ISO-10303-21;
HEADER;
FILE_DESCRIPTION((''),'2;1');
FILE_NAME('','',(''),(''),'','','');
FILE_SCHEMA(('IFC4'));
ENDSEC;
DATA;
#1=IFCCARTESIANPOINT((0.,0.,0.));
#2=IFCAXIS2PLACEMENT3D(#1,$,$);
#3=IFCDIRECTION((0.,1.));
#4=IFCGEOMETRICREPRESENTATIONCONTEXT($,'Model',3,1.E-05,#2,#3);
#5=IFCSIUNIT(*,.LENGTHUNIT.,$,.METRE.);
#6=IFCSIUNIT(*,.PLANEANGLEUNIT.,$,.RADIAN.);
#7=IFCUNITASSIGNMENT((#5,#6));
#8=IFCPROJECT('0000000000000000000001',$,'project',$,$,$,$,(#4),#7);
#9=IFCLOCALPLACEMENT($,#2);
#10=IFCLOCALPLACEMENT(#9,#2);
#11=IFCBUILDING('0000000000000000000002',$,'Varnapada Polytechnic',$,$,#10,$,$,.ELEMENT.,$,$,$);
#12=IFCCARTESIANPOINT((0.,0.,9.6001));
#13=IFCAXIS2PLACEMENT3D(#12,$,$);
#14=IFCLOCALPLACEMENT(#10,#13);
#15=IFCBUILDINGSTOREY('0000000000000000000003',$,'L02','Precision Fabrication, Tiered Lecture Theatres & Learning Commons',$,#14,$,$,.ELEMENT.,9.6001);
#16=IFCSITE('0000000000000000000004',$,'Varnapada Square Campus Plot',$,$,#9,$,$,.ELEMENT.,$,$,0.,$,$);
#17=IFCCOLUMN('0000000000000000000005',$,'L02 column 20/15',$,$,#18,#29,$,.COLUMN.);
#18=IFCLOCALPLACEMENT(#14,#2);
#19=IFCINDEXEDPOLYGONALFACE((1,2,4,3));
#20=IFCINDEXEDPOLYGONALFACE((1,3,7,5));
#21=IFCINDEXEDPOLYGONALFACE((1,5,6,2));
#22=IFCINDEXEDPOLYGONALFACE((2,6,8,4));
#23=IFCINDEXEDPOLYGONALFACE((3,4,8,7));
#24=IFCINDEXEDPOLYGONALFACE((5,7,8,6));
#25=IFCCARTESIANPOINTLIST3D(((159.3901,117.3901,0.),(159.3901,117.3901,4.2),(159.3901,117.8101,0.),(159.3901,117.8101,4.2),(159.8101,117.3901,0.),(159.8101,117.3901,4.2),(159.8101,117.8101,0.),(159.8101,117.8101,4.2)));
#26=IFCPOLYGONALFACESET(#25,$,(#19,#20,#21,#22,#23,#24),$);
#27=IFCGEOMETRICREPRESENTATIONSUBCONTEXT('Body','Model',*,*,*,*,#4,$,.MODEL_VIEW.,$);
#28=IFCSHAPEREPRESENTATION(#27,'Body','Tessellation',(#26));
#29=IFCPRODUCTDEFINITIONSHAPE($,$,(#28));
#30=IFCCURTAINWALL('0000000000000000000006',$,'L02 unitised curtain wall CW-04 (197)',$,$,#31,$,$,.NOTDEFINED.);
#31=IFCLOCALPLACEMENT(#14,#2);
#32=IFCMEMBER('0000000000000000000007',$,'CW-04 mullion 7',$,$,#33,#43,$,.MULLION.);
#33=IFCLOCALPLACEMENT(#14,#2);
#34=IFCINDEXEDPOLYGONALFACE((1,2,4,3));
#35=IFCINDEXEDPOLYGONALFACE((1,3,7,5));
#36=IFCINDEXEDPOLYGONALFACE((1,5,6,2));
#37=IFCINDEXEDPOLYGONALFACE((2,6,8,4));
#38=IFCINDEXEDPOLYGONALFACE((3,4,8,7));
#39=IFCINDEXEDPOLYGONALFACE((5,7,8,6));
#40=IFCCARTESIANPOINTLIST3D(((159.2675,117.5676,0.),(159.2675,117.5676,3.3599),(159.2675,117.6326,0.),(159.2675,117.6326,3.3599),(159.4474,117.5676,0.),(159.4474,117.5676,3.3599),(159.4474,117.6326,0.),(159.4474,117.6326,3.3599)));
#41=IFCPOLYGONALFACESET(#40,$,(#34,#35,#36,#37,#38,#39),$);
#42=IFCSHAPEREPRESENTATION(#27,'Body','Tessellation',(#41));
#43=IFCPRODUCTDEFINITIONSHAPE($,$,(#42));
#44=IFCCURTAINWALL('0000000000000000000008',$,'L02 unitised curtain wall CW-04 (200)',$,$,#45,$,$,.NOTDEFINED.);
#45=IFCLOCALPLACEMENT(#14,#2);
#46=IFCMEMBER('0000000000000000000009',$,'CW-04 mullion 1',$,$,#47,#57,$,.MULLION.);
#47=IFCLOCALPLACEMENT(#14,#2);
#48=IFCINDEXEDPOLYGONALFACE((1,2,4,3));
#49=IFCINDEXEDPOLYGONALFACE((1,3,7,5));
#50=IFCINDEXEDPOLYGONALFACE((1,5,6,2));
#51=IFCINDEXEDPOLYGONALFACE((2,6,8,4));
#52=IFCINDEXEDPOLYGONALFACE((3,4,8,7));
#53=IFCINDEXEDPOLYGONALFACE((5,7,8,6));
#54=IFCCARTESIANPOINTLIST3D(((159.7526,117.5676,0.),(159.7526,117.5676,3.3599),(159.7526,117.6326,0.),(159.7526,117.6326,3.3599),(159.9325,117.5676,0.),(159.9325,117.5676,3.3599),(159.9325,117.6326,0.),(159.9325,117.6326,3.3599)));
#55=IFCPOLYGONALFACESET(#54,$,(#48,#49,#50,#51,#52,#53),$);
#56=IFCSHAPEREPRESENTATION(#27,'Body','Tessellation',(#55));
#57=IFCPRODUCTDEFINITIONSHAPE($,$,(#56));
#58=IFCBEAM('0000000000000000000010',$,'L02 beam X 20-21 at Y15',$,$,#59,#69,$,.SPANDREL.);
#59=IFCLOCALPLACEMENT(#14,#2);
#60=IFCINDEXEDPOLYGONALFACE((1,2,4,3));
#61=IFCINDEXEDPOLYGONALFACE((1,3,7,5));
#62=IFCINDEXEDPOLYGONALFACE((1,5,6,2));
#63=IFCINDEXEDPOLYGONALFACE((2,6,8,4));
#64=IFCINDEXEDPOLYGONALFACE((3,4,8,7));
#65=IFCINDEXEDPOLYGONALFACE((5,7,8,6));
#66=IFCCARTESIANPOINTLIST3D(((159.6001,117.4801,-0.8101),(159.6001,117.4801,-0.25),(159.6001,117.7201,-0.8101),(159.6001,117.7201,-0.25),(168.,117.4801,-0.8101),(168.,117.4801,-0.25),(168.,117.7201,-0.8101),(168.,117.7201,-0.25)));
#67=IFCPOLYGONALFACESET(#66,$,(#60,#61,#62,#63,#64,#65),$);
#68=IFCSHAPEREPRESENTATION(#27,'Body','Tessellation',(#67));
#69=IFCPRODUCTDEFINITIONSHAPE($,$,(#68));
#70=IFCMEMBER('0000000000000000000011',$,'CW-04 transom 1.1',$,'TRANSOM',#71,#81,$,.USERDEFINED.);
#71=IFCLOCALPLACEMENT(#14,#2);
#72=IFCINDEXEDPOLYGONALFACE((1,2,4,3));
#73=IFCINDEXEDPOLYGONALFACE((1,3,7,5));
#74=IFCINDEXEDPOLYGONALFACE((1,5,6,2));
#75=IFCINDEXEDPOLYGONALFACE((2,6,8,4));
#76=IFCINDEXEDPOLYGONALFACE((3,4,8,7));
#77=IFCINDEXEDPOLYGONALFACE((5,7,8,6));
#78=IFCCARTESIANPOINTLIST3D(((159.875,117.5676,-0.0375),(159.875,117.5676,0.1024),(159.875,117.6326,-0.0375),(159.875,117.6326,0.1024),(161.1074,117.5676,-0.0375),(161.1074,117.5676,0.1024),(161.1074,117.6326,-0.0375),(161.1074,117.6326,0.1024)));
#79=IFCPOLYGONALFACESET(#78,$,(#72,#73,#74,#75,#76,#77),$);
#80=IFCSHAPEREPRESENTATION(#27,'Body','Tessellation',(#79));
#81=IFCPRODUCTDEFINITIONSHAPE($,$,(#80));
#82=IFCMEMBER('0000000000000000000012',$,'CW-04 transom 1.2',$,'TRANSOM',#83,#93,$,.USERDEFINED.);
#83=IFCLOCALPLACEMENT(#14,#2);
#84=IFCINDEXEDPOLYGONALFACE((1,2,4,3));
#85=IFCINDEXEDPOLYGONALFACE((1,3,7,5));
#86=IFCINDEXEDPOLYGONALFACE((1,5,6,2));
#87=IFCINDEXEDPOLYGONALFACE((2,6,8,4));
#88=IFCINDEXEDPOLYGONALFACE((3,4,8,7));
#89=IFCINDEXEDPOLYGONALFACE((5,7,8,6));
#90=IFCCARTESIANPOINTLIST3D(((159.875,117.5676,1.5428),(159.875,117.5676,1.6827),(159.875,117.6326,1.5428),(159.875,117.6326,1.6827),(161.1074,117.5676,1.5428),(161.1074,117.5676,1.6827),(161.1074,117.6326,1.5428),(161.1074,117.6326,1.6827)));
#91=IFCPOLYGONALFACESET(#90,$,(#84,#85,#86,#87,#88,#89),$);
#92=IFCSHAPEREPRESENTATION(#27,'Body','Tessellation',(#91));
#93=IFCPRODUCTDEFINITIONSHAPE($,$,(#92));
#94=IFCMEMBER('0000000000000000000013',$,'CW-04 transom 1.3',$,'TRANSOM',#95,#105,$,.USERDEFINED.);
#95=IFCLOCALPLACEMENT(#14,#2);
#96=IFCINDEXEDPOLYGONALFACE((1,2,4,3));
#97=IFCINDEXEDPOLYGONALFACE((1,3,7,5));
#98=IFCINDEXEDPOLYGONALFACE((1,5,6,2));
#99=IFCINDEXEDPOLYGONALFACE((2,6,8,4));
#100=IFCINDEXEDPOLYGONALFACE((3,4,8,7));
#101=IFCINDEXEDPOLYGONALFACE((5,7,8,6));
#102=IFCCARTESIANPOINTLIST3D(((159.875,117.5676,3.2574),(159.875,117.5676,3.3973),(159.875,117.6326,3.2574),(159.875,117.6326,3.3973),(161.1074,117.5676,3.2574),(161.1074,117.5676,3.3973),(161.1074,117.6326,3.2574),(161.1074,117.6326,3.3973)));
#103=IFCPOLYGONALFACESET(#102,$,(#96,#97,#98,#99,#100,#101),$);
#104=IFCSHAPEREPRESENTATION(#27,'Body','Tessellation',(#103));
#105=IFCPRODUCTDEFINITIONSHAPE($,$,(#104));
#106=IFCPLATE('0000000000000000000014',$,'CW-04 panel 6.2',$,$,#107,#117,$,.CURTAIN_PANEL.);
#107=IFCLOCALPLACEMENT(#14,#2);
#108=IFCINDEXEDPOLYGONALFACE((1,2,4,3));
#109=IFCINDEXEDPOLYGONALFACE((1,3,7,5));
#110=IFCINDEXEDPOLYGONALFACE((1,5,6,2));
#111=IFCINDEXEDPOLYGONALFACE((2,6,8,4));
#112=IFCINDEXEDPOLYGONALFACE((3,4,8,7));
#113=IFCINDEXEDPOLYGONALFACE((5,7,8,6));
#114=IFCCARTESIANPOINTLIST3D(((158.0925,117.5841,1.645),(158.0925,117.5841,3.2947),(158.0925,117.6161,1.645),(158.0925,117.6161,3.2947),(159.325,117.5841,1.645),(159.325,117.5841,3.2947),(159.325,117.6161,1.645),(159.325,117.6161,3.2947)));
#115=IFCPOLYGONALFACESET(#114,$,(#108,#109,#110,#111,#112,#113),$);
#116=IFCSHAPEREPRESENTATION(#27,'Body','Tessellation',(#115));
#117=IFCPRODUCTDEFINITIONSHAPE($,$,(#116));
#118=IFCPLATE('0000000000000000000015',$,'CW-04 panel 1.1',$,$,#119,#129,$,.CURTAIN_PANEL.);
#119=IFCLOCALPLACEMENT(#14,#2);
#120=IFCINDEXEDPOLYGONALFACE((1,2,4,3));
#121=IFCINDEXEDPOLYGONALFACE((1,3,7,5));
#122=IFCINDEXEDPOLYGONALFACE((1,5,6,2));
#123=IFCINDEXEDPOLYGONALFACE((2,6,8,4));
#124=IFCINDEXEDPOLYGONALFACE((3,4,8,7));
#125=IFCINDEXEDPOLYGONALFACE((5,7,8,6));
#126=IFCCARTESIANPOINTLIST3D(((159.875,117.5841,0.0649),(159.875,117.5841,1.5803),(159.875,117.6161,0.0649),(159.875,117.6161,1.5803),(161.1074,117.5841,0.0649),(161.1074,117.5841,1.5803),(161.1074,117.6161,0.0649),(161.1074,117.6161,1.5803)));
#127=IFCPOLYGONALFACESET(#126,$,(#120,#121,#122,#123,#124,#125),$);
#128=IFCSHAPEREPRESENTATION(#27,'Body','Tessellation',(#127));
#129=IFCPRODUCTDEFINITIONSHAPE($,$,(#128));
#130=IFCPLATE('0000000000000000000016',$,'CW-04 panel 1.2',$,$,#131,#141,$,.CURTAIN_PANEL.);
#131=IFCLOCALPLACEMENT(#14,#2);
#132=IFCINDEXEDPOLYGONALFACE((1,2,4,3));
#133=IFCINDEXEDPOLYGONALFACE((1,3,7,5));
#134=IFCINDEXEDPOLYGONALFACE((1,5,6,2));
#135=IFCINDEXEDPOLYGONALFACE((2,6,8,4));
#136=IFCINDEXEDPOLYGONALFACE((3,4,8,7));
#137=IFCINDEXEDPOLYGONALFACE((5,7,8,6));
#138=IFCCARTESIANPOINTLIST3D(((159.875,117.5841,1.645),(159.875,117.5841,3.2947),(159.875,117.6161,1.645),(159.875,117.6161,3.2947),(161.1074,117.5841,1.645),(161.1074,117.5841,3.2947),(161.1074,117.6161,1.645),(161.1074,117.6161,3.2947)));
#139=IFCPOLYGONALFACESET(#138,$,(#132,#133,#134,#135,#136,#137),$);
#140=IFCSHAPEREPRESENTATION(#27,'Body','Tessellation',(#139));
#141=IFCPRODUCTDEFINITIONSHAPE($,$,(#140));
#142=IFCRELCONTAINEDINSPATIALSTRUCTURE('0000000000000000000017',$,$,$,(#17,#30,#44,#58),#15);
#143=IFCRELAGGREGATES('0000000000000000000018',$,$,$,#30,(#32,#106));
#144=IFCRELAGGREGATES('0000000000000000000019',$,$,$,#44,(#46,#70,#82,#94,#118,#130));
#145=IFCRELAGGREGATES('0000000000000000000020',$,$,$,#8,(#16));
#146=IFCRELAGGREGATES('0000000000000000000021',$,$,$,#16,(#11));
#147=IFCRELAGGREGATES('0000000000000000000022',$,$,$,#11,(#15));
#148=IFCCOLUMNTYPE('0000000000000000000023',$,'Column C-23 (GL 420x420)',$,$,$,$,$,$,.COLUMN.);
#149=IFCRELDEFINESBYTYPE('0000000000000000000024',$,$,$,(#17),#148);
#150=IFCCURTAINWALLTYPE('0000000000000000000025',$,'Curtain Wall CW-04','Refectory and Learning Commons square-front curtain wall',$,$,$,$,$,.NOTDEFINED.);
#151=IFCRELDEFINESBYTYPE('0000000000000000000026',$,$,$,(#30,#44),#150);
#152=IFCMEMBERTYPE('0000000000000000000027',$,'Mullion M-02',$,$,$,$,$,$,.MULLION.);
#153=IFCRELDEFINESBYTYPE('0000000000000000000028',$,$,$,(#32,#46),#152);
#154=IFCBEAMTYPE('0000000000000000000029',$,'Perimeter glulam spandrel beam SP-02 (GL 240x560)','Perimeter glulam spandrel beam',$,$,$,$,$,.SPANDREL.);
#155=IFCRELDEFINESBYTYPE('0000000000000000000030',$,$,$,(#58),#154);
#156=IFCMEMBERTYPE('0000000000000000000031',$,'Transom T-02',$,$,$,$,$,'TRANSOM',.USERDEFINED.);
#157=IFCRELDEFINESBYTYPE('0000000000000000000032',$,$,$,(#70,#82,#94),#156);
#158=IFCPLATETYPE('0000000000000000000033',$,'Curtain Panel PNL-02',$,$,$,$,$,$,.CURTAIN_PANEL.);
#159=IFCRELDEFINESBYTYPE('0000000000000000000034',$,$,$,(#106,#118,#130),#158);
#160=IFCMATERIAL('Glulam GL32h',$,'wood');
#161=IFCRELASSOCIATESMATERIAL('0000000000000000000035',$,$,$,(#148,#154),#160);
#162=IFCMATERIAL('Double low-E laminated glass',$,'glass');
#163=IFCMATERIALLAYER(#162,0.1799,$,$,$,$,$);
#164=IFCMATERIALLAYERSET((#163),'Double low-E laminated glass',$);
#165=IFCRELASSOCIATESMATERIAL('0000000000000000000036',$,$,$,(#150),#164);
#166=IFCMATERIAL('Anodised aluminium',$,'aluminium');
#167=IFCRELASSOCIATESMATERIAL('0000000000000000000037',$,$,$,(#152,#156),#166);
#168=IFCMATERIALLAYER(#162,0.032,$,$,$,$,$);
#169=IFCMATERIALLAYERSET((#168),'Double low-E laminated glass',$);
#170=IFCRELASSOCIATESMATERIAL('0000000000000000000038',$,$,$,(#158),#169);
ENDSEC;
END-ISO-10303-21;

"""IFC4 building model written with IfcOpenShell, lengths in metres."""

from ifc_helpers import new_model, si_unit, direction, frame, origin, origin_2d, place, context, subcontext, project, spatial, rectangle, extrude, material, layer, layer_set, material_profile, profile_set, type_object, element, aggregate, save


model = new_model("IFC4")

# Units and contexts
model_context = context("Model", 3, precision=1e-05, world=origin(), true_north=direction((0.0, 1.0)))
body_context = subcontext(model_context, "Body", "Model", "MODEL_VIEW")
ifc_project = project(units=[si_unit("LENGTHUNIT", "METRE"), si_unit("PLANEANGLEUNIT", "RADIAN")], contexts=[model_context])

# Site, building, storey
site_placement = place(None, origin())
site = spatial("IfcSite", under=ifc_project, at=site_placement, Name="Varnapada Square Campus Plot", CompositionType="ELEMENT", RefElevation=0.0)
building_placement = place(site_placement, origin())
building = spatial("IfcBuilding", under=site, at=building_placement, Name="Varnapada Polytechnic", CompositionType="ELEMENT")
storey_placement = place(building_placement, frame((0.0, 0.0, 9.6001)))
storey = spatial("IfcBuildingStorey", under=building, at=storey_placement, Name="L02", Description="Precision Fabrication, Tiered Lecture Theatres & Learning Commons", CompositionType="ELEMENT", Elevation=9.6001)

# Column
ifc_material_1 = material(Name="Glulam GL32h", Category="wood")
ifc_material_profile_1 = material_profile(ifc_material_1, rectangle(XDim=0.4199, YDim=0.4199, at=origin_2d()), Name="GL 420x420")
ifc_profile_set_1 = profile_set([ifc_material_profile_1], Name="Glulam GL32h")
column_type = type_object("IfcColumnType", Name="Column C-23 (GL 420x420)", PredefinedType="COLUMN", material=ifc_profile_set_1)
column_placement = place(storey_placement, frame((159.6001, 117.6001, 0.0), z_axis=(0.0, 0.0, 1.0), x_axis=(1.0, 0.0, 0.0)))
element("IfcColumn", 1, at=column_placement, inside=storey, type_object=column_type, Name="L02 column 20/15", PredefinedType="COLUMN", context=body_context, shape_type="SweptSolid", body=[
    extrude(rectangle(XDim=0.4199, YDim=0.4199, at=origin_2d()), origin(), (0.0, 0.0, 1.0), 4.2),
])

# Curtain walls, members
ifc_material_2 = material(Name="Double low-E laminated glass", Category="glass")
ifc_layer_1 = layer(ifc_material_2, 0.1799)
ifc_layer_set_1 = layer_set([ifc_layer_1], Name="Double low-E laminated glass")
curtain_wall_type = type_object("IfcCurtainWallType", Name="Curtain Wall CW-04", Description="Refectory and Learning Commons square-front curtain wall", PredefinedType="NOTDEFINED", material=ifc_layer_set_1)
curtain_wall_1_placement = place(storey_placement, origin())
curtain_wall_1 = element("IfcCurtainWall", 2, at=curtain_wall_1_placement, inside=storey, type_object=curtain_wall_type, Name="L02 unitised curtain wall CW-04 (197)", PredefinedType="NOTDEFINED")
ifc_material_3 = material(Name="Anodised aluminium", Category="aluminium")
ifc_material_profile_2 = material_profile(ifc_material_3, rectangle(XDim=0.0649, YDim=0.1799, at=origin_2d()), Name="ALU M65x180")
ifc_profile_set_2 = profile_set([ifc_material_profile_2], Name="Anodised aluminium")
member_type_1 = type_object("IfcMemberType", Name="Mullion M-02", PredefinedType="MULLION", material=ifc_profile_set_2)
member_1_placement = place(storey_placement, frame((159.3574, 117.6001, 0.0), z_axis=(0.0, 0.0, 1.0), x_axis=(0.0, 1.0, 0.0)))
member_1 = element("IfcMember", 3, at=member_1_placement, type_object=member_type_1, Name="CW-04 mullion 7", PredefinedType="MULLION", context=body_context, shape_type="SweptSolid", body=[
    extrude(rectangle(XDim=0.0649, YDim=0.1799, at=origin_2d()), origin(), (0.0, 0.0, 1.0), 3.3599),
])
curtain_wall_2_placement = place(storey_placement, origin())
curtain_wall_2 = element("IfcCurtainWall", 4, at=curtain_wall_2_placement, inside=storey, type_object=curtain_wall_type, Name="L02 unitised curtain wall CW-04 (200)", PredefinedType="NOTDEFINED")
member_2_placement = place(storey_placement, frame((159.8425, 117.6001, 0.0), z_axis=(0.0, 0.0, 1.0), x_axis=(0.0, 1.0, 0.0)))
member_2 = element("IfcMember", 5, at=member_2_placement, type_object=member_type_1, Name="CW-04 mullion 1", PredefinedType="MULLION", context=body_context, shape_type="SweptSolid", body=[
    extrude(rectangle(XDim=0.0649, YDim=0.1799, at=origin_2d()), origin(), (0.0, 0.0, 1.0), 3.3599),
])

# Beam
ifc_material_profile_3 = material_profile(ifc_material_1, rectangle(XDim=0.24, YDim=0.5601, at=origin_2d()), Name="GL 240x560")
ifc_profile_set_3 = profile_set([ifc_material_profile_3], Name="Glulam GL32h")
beam_type = type_object("IfcBeamType", Name="Perimeter glulam spandrel beam SP-02 (GL 240x560)", Description="Perimeter glulam spandrel beam", PredefinedType="SPANDREL", material=ifc_profile_set_3)
beam_placement = place(storey_placement, frame((159.6001, 117.6001, -0.53), z_axis=(1.0, 0.0, 0.0), x_axis=(0.0, 1.0, 0.0)))
element("IfcBeam", 6, at=beam_placement, inside=storey, type_object=beam_type, Name="L02 beam X 20-21 at Y15", PredefinedType="SPANDREL", context=body_context, shape_type="SweptSolid", body=[
    extrude(rectangle(XDim=0.24, YDim=0.5601, at=origin_2d()), origin(), (0.0, 0.0, 1.0), 8.3999),
])

# Members
ifc_material_profile_4 = material_profile(ifc_material_3, rectangle(XDim=0.0649, YDim=0.1399, at=origin_2d()), Name="ALU T65x140")
ifc_profile_set_4 = profile_set([ifc_material_profile_4], Name="Anodised aluminium")
member_type_2 = type_object("IfcMemberType", Name="Transom T-02", ElementType="TRANSOM", PredefinedType="USERDEFINED", material=ifc_profile_set_4)
member_3_placement = place(storey_placement, frame((159.875, 117.6001, 0.0325), z_axis=(1.0, 0.0, 0.0), x_axis=(0.0, 1.0, 0.0)))
member_3 = element("IfcMember", 7, at=member_3_placement, type_object=member_type_2, Name="CW-04 transom 1.1", ObjectType="TRANSOM", PredefinedType="USERDEFINED", context=body_context, shape_type="SweptSolid", body=[
    extrude(rectangle(XDim=0.0649, YDim=0.1399, at=origin_2d()), origin(), (0.0, 0.0, 1.0), 1.2324),
])
member_4_placement = place(storey_placement, frame((159.875, 117.6001, 1.6128), z_axis=(1.0, 0.0, 0.0), x_axis=(0.0, 1.0, 0.0)))
member_4 = element("IfcMember", 8, at=member_4_placement, type_object=member_type_2, Name="CW-04 transom 1.2", ObjectType="TRANSOM", PredefinedType="USERDEFINED", context=body_context, shape_type="SweptSolid", body=[
    extrude(rectangle(XDim=0.0649, YDim=0.1399, at=origin_2d()), origin(), (0.0, 0.0, 1.0), 1.2324),
])
member_5_placement = place(storey_placement, frame((159.875, 117.6001, 3.3274), z_axis=(1.0, 0.0, 0.0), x_axis=(0.0, 1.0, 0.0)))
member_5 = element("IfcMember", 9, at=member_5_placement, type_object=member_type_2, Name="CW-04 transom 1.3", ObjectType="TRANSOM", PredefinedType="USERDEFINED", context=body_context, shape_type="SweptSolid", body=[
    extrude(rectangle(XDim=0.0649, YDim=0.1399, at=origin_2d()), origin(), (0.0, 0.0, 1.0), 1.2324),
])

# Plates
ifc_layer_2 = layer(ifc_material_2, 0.032)
ifc_layer_set_2 = layer_set([ifc_layer_2], Name="Double low-E laminated glass")
plate_type = type_object("IfcPlateType", Name="Curtain Panel PNL-02", PredefinedType="CURTAIN_PANEL", material=ifc_layer_set_2)
plate_1_placement = place(storey_placement, frame((158.7087, 117.6001, 1.645), z_axis=(0.0, 0.0, 1.0), x_axis=(1.0, 0.0, 0.0)))
plate_1 = element("IfcPlate", 10, at=plate_1_placement, type_object=plate_type, Name="CW-04 panel 6.2", PredefinedType="CURTAIN_PANEL", context=body_context, shape_type="SweptSolid", body=[
    extrude(rectangle(XDim=1.2324, YDim=0.032, at=origin_2d()), origin(), (0.0, 0.0, 1.0), 1.6497),
])
aggregate(curtain_wall_1, [member_1, plate_1])
plate_2_placement = place(storey_placement, frame((160.4912, 117.6001, 0.0649), z_axis=(0.0, 0.0, 1.0), x_axis=(1.0, 0.0, 0.0)))
plate_2 = element("IfcPlate", 11, at=plate_2_placement, type_object=plate_type, Name="CW-04 panel 1.1", PredefinedType="CURTAIN_PANEL", context=body_context, shape_type="SweptSolid", body=[
    extrude(rectangle(XDim=1.2324, YDim=0.032, at=origin_2d()), origin(), (0.0, 0.0, 1.0), 1.5154),
])
plate_3_placement = place(storey_placement, frame((160.4912, 117.6001, 1.645), z_axis=(0.0, 0.0, 1.0), x_axis=(1.0, 0.0, 0.0)))
plate_3 = element("IfcPlate", 12, at=plate_3_placement, type_object=plate_type, Name="CW-04 panel 1.2", PredefinedType="CURTAIN_PANEL", context=body_context, shape_type="SweptSolid", body=[
    extrude(rectangle(XDim=1.2324, YDim=0.032, at=origin_2d()), origin(), (0.0, 0.0, 1.0), 1.6497),
])
aggregate(curtain_wall_2, [member_2, member_3, member_4, member_5, plate_2, plate_3])

save(model, "model.ifc")
